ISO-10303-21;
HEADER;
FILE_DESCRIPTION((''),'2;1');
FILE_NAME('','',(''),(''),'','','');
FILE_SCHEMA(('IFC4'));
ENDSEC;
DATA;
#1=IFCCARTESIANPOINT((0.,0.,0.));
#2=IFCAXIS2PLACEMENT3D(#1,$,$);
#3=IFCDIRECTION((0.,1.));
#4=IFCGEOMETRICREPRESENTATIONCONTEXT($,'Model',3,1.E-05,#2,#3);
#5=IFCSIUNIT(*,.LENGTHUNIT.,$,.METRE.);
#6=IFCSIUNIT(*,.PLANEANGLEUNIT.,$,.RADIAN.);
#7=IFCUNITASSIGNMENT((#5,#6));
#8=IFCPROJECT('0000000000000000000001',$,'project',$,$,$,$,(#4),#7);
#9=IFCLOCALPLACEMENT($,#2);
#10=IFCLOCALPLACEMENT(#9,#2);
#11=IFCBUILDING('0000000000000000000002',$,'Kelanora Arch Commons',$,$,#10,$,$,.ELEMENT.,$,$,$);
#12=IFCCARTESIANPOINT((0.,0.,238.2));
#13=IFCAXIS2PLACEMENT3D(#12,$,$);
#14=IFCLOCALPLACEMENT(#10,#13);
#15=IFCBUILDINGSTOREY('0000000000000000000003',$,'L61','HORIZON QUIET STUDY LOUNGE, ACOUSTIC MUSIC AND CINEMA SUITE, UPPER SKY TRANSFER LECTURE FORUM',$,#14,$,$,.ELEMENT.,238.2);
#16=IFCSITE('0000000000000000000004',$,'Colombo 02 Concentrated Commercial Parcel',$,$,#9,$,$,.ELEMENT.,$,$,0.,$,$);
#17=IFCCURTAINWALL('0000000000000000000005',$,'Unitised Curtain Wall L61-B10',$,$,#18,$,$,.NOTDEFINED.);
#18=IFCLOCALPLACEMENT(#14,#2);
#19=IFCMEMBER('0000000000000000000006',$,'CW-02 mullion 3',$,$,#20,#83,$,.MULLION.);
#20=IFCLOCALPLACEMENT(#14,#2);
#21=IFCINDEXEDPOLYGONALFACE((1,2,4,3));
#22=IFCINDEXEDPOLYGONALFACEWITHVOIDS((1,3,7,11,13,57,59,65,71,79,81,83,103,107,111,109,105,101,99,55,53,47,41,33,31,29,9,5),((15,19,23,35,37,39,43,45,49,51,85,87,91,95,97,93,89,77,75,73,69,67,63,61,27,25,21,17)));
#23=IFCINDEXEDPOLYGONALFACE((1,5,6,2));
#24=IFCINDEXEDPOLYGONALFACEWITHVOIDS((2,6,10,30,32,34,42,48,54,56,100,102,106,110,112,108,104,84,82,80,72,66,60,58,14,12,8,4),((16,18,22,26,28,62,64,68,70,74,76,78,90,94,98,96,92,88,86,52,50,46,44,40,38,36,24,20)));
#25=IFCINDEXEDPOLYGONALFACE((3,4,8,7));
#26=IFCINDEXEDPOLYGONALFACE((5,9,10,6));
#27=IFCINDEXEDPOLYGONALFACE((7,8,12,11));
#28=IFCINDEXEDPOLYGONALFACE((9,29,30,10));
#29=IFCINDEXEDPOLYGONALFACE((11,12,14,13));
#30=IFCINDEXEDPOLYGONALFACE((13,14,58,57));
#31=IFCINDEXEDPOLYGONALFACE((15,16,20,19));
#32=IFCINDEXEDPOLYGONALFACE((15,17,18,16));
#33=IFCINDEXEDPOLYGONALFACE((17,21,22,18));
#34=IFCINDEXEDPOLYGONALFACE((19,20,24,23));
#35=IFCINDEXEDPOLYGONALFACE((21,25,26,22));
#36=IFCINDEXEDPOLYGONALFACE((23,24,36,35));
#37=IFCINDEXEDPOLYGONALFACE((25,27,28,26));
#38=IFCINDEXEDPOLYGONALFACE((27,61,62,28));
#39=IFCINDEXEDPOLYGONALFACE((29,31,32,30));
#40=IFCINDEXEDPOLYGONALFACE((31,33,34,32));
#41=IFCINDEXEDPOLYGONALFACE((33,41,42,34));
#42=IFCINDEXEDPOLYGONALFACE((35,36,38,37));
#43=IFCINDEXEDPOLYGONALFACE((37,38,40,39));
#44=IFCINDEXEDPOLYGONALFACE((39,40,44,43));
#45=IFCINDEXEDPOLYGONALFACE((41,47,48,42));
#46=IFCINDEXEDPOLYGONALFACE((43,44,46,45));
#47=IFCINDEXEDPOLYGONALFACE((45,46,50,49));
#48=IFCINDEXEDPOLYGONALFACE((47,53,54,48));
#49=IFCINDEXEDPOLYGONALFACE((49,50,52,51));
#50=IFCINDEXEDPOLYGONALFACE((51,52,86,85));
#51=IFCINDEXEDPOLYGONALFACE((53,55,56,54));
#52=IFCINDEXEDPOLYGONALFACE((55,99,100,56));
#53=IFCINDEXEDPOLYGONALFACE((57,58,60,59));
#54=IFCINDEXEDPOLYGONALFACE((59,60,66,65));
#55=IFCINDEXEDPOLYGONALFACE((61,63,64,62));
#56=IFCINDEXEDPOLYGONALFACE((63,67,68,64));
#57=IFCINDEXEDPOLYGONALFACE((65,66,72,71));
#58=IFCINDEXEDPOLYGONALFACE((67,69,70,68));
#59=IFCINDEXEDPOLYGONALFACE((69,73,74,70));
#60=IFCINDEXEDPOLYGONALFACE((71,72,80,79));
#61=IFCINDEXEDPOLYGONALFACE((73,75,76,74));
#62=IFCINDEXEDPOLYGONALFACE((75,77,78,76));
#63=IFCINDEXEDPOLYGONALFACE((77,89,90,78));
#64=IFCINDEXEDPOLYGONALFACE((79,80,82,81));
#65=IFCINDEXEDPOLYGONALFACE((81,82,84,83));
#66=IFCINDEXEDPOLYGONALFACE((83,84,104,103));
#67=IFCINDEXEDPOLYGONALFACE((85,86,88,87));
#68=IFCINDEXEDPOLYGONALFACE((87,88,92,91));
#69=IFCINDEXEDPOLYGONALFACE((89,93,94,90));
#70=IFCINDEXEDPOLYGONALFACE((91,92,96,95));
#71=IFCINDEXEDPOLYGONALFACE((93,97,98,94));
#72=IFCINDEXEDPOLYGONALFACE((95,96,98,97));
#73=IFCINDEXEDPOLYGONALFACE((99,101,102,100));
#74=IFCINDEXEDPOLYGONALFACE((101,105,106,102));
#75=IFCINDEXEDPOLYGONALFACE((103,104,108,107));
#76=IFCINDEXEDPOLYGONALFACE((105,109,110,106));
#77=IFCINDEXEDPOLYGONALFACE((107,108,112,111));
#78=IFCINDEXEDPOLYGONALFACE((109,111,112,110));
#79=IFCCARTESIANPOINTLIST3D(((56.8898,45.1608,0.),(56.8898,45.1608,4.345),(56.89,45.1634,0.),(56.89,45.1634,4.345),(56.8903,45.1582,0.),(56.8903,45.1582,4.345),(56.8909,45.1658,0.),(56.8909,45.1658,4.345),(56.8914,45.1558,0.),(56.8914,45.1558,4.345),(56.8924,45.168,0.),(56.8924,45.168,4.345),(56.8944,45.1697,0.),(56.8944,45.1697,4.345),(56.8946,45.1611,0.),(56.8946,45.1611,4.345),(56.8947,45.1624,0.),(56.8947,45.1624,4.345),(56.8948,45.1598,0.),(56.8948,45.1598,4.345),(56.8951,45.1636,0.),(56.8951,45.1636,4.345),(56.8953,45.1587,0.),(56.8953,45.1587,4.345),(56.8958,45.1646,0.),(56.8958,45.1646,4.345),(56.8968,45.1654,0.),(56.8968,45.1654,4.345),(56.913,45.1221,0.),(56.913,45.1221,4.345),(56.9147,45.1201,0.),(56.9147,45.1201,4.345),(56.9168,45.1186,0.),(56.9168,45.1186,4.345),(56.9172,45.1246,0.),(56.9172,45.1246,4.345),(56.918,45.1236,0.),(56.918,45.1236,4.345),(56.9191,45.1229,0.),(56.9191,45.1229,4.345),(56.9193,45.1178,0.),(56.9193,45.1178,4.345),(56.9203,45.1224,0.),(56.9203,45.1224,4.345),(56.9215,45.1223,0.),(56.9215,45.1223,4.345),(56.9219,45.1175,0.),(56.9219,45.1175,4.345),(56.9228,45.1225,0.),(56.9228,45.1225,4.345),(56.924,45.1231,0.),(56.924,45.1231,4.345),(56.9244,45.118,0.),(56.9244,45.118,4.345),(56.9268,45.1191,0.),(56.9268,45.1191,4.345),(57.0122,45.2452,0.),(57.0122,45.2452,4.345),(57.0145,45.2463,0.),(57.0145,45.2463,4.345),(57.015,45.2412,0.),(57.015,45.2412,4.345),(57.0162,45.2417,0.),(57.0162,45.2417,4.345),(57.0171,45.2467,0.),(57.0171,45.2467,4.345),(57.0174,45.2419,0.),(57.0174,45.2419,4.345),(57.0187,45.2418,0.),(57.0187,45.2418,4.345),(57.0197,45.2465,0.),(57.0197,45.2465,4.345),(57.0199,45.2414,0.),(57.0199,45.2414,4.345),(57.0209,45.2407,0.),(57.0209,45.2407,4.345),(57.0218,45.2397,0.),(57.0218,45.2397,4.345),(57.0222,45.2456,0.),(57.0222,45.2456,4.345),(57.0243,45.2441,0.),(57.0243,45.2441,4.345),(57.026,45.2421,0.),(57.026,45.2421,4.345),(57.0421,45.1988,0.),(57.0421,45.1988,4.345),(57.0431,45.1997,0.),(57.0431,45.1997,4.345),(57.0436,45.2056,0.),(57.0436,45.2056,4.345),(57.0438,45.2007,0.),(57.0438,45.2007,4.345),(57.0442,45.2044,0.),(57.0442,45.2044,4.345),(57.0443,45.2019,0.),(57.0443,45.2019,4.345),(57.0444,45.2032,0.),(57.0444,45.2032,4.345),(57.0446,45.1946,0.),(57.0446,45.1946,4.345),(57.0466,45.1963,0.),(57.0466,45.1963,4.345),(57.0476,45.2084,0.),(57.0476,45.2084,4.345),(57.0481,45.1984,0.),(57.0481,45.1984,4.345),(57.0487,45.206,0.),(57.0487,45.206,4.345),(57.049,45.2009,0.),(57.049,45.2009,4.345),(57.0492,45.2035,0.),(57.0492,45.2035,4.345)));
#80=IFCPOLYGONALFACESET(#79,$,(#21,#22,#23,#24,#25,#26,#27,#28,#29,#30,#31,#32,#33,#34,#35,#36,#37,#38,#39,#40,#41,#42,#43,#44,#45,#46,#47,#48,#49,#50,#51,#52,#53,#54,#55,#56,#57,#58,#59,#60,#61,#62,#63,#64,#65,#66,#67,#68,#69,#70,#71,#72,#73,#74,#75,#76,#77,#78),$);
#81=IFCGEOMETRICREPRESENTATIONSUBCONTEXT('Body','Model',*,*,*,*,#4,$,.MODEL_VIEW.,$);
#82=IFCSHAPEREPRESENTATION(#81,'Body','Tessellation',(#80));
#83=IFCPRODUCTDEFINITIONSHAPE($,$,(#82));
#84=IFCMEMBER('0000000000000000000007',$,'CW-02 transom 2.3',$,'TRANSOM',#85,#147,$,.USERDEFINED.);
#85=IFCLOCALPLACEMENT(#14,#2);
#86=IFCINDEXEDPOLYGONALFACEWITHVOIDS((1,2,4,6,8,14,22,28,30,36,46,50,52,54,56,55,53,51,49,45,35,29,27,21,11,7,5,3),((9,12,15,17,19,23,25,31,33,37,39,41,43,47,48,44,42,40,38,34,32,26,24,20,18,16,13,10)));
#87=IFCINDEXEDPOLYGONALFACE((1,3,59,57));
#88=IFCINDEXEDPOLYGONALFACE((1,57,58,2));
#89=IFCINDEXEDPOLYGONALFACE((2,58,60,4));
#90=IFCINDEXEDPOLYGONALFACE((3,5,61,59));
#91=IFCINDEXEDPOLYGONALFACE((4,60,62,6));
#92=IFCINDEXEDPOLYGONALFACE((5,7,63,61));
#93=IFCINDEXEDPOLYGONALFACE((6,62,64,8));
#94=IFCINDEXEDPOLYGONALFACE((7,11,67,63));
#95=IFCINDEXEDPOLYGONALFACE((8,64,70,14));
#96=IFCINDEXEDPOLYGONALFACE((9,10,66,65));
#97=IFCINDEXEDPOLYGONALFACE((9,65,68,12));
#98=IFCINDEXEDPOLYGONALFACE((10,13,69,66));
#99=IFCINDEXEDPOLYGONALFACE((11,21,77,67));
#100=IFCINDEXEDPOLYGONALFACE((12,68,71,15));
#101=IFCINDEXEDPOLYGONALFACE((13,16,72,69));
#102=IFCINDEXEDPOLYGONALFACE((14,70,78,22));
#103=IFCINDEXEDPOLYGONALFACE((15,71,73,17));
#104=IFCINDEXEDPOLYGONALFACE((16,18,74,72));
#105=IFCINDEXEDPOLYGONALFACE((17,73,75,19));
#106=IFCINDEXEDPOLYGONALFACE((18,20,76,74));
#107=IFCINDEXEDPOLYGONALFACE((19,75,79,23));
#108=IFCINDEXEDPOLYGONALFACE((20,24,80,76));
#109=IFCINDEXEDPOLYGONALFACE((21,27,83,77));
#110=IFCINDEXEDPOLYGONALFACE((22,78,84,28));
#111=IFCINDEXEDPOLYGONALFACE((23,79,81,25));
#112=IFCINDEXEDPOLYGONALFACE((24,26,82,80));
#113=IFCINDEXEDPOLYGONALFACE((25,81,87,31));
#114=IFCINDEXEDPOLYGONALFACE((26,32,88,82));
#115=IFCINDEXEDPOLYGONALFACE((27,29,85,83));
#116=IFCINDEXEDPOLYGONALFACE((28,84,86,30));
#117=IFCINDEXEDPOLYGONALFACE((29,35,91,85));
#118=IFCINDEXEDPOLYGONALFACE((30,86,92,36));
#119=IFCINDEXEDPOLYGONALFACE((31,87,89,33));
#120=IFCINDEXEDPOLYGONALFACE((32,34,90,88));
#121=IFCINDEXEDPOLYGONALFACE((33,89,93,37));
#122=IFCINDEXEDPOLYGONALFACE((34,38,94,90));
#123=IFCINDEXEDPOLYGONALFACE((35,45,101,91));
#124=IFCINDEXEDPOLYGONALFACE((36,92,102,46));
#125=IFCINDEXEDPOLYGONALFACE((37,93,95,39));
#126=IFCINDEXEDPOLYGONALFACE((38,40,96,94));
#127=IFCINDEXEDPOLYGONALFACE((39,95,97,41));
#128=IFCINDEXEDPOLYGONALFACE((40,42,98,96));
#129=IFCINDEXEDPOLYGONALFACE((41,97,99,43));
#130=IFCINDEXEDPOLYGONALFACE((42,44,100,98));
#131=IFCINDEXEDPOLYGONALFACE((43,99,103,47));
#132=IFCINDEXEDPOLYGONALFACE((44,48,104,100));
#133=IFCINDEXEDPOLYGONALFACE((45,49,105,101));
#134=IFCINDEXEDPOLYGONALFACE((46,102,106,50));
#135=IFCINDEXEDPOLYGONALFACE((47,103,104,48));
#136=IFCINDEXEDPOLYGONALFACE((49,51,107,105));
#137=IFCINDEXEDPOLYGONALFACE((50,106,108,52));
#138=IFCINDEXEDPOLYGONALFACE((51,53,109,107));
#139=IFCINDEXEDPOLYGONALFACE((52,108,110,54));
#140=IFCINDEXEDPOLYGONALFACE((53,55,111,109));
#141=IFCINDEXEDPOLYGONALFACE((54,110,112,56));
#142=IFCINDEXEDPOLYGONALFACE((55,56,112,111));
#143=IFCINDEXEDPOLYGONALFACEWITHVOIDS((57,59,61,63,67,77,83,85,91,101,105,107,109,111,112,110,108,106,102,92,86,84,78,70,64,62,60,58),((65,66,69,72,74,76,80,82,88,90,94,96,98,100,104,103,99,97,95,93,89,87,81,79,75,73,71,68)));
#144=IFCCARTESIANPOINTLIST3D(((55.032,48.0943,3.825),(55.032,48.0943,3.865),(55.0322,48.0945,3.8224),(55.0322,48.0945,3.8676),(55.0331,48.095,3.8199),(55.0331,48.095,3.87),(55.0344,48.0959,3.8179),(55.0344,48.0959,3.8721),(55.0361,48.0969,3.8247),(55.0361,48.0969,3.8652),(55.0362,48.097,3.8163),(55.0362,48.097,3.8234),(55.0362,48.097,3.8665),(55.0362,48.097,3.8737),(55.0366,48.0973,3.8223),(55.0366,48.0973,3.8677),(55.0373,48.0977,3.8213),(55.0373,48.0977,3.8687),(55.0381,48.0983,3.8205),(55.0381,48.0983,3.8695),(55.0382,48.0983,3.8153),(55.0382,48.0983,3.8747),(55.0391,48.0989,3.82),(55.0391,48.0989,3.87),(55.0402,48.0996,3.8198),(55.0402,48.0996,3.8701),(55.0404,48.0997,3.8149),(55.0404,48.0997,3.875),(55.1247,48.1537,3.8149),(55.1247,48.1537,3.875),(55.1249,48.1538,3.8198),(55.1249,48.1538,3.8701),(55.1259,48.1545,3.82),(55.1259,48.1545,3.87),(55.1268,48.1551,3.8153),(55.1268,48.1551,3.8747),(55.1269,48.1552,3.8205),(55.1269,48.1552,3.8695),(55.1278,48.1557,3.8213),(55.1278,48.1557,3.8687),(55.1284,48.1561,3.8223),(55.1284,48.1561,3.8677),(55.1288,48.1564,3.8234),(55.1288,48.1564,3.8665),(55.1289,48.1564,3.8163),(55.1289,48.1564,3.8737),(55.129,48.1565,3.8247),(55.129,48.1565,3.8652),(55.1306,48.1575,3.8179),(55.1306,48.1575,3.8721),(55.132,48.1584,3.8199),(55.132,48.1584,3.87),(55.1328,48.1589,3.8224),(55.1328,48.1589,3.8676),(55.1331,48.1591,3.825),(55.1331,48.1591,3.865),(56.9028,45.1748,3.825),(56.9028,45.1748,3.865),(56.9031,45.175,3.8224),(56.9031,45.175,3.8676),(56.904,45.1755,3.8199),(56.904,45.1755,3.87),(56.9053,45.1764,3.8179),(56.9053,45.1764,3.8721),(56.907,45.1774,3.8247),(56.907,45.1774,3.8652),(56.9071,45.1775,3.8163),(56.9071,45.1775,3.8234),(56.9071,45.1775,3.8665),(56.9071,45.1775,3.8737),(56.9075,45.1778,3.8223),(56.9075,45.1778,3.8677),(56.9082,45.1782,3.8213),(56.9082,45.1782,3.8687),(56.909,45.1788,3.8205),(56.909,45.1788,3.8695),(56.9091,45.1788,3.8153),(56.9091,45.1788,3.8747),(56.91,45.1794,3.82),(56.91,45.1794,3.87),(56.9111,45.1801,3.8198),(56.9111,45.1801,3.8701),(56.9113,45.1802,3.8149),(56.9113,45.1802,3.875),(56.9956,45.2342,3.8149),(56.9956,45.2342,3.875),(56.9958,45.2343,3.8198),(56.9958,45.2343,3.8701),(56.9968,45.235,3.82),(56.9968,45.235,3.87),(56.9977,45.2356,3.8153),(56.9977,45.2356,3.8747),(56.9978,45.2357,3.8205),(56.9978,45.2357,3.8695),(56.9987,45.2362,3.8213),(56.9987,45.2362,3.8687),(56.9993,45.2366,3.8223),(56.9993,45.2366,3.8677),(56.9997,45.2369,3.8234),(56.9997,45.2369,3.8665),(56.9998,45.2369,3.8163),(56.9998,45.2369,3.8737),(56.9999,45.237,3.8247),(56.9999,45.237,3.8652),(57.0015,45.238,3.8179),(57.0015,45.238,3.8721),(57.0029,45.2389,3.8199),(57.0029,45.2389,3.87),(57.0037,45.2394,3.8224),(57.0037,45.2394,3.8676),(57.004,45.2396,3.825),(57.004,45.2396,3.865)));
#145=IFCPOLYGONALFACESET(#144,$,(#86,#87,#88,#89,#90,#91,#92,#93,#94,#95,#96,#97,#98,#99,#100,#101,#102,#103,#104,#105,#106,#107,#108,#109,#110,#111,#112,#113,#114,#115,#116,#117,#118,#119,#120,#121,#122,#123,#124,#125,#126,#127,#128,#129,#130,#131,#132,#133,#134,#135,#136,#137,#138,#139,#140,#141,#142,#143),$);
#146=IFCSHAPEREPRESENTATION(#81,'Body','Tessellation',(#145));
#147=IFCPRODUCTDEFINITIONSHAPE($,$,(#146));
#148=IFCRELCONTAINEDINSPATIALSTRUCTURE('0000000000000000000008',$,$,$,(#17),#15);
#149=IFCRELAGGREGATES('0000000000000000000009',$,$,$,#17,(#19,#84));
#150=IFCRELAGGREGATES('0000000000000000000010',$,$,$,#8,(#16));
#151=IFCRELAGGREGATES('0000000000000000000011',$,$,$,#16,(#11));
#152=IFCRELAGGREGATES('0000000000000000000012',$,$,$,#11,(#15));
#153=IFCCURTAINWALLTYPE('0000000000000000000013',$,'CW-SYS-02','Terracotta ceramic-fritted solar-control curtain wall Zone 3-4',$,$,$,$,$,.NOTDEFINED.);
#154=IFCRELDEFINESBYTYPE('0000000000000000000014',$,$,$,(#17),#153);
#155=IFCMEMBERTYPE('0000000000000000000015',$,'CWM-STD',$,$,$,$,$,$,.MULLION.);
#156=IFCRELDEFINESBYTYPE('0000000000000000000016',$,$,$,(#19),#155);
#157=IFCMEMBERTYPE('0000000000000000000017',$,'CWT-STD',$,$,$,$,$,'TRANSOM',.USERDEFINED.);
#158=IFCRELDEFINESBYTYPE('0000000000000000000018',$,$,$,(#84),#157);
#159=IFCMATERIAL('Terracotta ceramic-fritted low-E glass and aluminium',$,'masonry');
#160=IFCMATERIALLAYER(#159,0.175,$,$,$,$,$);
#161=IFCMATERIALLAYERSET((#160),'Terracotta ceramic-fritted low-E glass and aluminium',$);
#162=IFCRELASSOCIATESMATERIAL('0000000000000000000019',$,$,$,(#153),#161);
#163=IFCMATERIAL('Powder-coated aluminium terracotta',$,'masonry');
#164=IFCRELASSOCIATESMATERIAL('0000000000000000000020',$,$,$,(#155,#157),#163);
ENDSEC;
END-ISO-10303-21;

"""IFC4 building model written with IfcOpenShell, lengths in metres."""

from ifc_helpers import new_model, si_unit, direction, frame, origin, origin_2d, place, context, subcontext, project, spatial, hollow_rectangle, extrude, material, layer, layer_set, material_profile, profile_set, type_object, element, aggregate, save


model = new_model("IFC4")

# Units and contexts
model_context = context("Model", 3, precision=1e-05, world=origin(), true_north=direction((0.0, 1.0)))
body_context = subcontext(model_context, "Body", "Model", "MODEL_VIEW")
ifc_project = project(units=[si_unit("LENGTHUNIT", "METRE"), si_unit("PLANEANGLEUNIT", "RADIAN")], contexts=[model_context])

# Site, building, storey
site_placement = place(None, origin())
site = spatial("IfcSite", under=ifc_project, at=site_placement, Name="Colombo 02 Concentrated Commercial Parcel", CompositionType="ELEMENT", RefElevation=0.0)
building_placement = place(site_placement, origin())
building = spatial("IfcBuilding", under=site, at=building_placement, Name="Kelanora Arch Commons", CompositionType="ELEMENT")
storey_placement = place(building_placement, frame((0.0, 0.0, 238.2)))
storey = spatial("IfcBuildingStorey", under=building, at=storey_placement, Name="L61", Description="HORIZON QUIET STUDY LOUNGE, ACOUSTIC MUSIC AND CINEMA SUITE, UPPER SKY TRANSFER LECTURE FORUM", CompositionType="ELEMENT", Elevation=238.2)

# Curtain wall, members
ifc_material_1 = material(Name="Terracotta ceramic-fritted low-E glass and aluminium", Category="masonry")
ifc_layer_1 = layer(ifc_material_1, 0.175)
ifc_layer_set_1 = layer_set([ifc_layer_1], Name="Terracotta ceramic-fritted low-E glass and aluminium")
curtain_wall_type = type_object("IfcCurtainWallType", Name="CW-SYS-02", Description="Terracotta ceramic-fritted solar-control curtain wall Zone 3-4", PredefinedType="NOTDEFINED", material=ifc_layer_set_1)
curtain_wall_placement = place(storey_placement, origin())
curtain_wall = element("IfcCurtainWall", 1, at=curtain_wall_placement, inside=storey, type_object=curtain_wall_type, Name="Unitised Curtain Wall L61-B10", PredefinedType="NOTDEFINED")
ifc_material_2 = material(Name="Powder-coated aluminium terracotta", Category="masonry")
ifc_material_profile_1 = material_profile(ifc_material_2, hollow_rectangle(XDim=0.1599, YDim=0.0601, WallThickness=0.0049, InnerFilletRadius=0.0049, OuterFilletRadius=0.01, at=origin_2d()), Name="CWM160x60")
ifc_profile_set_1 = profile_set([ifc_material_profile_1], Name="Powder-coated aluminium terracotta")
member_type_1 = type_object("IfcMemberType", Name="CWM-STD", PredefinedType="MULLION", material=ifc_profile_set_1)
member_1_placement = place(storey_placement, frame((56.9695, 45.1821, 0.0), z_axis=(0.0, 0.0, 1.0), x_axis=(0.841948, 0.539559, 0.0)))
member_1 = element("IfcMember", 2, at=member_1_placement, type_object=member_type_1, Name="CW-02 mullion 3", PredefinedType="MULLION", context=body_context, shape_type="SweptSolid", body=[
    extrude(hollow_rectangle(XDim=0.1599, YDim=0.0601, WallThickness=0.0049, InnerFilletRadius=0.0049, OuterFilletRadius=0.01, at=origin_2d()), origin(), (0.0, 0.0, 1.0), 4.345),
])
ifc_material_profile_2 = material_profile(ifc_material_2, hollow_rectangle(XDim=0.1201, YDim=0.0601, WallThickness=0.0049, InnerFilletRadius=0.0049, OuterFilletRadius=0.01, at=origin_2d()), Name="CWT120x60")
ifc_profile_set_2 = profile_set([ifc_material_profile_2], Name="Powder-coated aluminium terracotta")
member_type_2 = type_object("IfcMemberType", Name="CWT-STD", ElementType="TRANSOM", PredefinedType="USERDEFINED", material=ifc_profile_set_2)
member_2_placement = place(storey_placement, frame((55.0825, 48.1267, 3.845), z_axis=(0.539547, -0.841955, 0.0), x_axis=(0.841955, 0.539547, 0.0)))
member_2 = element("IfcMember", 3, at=member_2_placement, type_object=member_type_2, Name="CW-02 transom 2.3", ObjectType="TRANSOM", PredefinedType="USERDEFINED", context=body_context, shape_type="SweptSolid", body=[
    extrude(hollow_rectangle(XDim=0.1201, YDim=0.0601, WallThickness=0.0049, InnerFilletRadius=0.0049, OuterFilletRadius=0.01, at=origin_2d()), origin(), (0.0, 0.0, 1.0), 3.4675),
])
aggregate(curtain_wall, [member_1, member_2])

save(model, "model.ifc")
